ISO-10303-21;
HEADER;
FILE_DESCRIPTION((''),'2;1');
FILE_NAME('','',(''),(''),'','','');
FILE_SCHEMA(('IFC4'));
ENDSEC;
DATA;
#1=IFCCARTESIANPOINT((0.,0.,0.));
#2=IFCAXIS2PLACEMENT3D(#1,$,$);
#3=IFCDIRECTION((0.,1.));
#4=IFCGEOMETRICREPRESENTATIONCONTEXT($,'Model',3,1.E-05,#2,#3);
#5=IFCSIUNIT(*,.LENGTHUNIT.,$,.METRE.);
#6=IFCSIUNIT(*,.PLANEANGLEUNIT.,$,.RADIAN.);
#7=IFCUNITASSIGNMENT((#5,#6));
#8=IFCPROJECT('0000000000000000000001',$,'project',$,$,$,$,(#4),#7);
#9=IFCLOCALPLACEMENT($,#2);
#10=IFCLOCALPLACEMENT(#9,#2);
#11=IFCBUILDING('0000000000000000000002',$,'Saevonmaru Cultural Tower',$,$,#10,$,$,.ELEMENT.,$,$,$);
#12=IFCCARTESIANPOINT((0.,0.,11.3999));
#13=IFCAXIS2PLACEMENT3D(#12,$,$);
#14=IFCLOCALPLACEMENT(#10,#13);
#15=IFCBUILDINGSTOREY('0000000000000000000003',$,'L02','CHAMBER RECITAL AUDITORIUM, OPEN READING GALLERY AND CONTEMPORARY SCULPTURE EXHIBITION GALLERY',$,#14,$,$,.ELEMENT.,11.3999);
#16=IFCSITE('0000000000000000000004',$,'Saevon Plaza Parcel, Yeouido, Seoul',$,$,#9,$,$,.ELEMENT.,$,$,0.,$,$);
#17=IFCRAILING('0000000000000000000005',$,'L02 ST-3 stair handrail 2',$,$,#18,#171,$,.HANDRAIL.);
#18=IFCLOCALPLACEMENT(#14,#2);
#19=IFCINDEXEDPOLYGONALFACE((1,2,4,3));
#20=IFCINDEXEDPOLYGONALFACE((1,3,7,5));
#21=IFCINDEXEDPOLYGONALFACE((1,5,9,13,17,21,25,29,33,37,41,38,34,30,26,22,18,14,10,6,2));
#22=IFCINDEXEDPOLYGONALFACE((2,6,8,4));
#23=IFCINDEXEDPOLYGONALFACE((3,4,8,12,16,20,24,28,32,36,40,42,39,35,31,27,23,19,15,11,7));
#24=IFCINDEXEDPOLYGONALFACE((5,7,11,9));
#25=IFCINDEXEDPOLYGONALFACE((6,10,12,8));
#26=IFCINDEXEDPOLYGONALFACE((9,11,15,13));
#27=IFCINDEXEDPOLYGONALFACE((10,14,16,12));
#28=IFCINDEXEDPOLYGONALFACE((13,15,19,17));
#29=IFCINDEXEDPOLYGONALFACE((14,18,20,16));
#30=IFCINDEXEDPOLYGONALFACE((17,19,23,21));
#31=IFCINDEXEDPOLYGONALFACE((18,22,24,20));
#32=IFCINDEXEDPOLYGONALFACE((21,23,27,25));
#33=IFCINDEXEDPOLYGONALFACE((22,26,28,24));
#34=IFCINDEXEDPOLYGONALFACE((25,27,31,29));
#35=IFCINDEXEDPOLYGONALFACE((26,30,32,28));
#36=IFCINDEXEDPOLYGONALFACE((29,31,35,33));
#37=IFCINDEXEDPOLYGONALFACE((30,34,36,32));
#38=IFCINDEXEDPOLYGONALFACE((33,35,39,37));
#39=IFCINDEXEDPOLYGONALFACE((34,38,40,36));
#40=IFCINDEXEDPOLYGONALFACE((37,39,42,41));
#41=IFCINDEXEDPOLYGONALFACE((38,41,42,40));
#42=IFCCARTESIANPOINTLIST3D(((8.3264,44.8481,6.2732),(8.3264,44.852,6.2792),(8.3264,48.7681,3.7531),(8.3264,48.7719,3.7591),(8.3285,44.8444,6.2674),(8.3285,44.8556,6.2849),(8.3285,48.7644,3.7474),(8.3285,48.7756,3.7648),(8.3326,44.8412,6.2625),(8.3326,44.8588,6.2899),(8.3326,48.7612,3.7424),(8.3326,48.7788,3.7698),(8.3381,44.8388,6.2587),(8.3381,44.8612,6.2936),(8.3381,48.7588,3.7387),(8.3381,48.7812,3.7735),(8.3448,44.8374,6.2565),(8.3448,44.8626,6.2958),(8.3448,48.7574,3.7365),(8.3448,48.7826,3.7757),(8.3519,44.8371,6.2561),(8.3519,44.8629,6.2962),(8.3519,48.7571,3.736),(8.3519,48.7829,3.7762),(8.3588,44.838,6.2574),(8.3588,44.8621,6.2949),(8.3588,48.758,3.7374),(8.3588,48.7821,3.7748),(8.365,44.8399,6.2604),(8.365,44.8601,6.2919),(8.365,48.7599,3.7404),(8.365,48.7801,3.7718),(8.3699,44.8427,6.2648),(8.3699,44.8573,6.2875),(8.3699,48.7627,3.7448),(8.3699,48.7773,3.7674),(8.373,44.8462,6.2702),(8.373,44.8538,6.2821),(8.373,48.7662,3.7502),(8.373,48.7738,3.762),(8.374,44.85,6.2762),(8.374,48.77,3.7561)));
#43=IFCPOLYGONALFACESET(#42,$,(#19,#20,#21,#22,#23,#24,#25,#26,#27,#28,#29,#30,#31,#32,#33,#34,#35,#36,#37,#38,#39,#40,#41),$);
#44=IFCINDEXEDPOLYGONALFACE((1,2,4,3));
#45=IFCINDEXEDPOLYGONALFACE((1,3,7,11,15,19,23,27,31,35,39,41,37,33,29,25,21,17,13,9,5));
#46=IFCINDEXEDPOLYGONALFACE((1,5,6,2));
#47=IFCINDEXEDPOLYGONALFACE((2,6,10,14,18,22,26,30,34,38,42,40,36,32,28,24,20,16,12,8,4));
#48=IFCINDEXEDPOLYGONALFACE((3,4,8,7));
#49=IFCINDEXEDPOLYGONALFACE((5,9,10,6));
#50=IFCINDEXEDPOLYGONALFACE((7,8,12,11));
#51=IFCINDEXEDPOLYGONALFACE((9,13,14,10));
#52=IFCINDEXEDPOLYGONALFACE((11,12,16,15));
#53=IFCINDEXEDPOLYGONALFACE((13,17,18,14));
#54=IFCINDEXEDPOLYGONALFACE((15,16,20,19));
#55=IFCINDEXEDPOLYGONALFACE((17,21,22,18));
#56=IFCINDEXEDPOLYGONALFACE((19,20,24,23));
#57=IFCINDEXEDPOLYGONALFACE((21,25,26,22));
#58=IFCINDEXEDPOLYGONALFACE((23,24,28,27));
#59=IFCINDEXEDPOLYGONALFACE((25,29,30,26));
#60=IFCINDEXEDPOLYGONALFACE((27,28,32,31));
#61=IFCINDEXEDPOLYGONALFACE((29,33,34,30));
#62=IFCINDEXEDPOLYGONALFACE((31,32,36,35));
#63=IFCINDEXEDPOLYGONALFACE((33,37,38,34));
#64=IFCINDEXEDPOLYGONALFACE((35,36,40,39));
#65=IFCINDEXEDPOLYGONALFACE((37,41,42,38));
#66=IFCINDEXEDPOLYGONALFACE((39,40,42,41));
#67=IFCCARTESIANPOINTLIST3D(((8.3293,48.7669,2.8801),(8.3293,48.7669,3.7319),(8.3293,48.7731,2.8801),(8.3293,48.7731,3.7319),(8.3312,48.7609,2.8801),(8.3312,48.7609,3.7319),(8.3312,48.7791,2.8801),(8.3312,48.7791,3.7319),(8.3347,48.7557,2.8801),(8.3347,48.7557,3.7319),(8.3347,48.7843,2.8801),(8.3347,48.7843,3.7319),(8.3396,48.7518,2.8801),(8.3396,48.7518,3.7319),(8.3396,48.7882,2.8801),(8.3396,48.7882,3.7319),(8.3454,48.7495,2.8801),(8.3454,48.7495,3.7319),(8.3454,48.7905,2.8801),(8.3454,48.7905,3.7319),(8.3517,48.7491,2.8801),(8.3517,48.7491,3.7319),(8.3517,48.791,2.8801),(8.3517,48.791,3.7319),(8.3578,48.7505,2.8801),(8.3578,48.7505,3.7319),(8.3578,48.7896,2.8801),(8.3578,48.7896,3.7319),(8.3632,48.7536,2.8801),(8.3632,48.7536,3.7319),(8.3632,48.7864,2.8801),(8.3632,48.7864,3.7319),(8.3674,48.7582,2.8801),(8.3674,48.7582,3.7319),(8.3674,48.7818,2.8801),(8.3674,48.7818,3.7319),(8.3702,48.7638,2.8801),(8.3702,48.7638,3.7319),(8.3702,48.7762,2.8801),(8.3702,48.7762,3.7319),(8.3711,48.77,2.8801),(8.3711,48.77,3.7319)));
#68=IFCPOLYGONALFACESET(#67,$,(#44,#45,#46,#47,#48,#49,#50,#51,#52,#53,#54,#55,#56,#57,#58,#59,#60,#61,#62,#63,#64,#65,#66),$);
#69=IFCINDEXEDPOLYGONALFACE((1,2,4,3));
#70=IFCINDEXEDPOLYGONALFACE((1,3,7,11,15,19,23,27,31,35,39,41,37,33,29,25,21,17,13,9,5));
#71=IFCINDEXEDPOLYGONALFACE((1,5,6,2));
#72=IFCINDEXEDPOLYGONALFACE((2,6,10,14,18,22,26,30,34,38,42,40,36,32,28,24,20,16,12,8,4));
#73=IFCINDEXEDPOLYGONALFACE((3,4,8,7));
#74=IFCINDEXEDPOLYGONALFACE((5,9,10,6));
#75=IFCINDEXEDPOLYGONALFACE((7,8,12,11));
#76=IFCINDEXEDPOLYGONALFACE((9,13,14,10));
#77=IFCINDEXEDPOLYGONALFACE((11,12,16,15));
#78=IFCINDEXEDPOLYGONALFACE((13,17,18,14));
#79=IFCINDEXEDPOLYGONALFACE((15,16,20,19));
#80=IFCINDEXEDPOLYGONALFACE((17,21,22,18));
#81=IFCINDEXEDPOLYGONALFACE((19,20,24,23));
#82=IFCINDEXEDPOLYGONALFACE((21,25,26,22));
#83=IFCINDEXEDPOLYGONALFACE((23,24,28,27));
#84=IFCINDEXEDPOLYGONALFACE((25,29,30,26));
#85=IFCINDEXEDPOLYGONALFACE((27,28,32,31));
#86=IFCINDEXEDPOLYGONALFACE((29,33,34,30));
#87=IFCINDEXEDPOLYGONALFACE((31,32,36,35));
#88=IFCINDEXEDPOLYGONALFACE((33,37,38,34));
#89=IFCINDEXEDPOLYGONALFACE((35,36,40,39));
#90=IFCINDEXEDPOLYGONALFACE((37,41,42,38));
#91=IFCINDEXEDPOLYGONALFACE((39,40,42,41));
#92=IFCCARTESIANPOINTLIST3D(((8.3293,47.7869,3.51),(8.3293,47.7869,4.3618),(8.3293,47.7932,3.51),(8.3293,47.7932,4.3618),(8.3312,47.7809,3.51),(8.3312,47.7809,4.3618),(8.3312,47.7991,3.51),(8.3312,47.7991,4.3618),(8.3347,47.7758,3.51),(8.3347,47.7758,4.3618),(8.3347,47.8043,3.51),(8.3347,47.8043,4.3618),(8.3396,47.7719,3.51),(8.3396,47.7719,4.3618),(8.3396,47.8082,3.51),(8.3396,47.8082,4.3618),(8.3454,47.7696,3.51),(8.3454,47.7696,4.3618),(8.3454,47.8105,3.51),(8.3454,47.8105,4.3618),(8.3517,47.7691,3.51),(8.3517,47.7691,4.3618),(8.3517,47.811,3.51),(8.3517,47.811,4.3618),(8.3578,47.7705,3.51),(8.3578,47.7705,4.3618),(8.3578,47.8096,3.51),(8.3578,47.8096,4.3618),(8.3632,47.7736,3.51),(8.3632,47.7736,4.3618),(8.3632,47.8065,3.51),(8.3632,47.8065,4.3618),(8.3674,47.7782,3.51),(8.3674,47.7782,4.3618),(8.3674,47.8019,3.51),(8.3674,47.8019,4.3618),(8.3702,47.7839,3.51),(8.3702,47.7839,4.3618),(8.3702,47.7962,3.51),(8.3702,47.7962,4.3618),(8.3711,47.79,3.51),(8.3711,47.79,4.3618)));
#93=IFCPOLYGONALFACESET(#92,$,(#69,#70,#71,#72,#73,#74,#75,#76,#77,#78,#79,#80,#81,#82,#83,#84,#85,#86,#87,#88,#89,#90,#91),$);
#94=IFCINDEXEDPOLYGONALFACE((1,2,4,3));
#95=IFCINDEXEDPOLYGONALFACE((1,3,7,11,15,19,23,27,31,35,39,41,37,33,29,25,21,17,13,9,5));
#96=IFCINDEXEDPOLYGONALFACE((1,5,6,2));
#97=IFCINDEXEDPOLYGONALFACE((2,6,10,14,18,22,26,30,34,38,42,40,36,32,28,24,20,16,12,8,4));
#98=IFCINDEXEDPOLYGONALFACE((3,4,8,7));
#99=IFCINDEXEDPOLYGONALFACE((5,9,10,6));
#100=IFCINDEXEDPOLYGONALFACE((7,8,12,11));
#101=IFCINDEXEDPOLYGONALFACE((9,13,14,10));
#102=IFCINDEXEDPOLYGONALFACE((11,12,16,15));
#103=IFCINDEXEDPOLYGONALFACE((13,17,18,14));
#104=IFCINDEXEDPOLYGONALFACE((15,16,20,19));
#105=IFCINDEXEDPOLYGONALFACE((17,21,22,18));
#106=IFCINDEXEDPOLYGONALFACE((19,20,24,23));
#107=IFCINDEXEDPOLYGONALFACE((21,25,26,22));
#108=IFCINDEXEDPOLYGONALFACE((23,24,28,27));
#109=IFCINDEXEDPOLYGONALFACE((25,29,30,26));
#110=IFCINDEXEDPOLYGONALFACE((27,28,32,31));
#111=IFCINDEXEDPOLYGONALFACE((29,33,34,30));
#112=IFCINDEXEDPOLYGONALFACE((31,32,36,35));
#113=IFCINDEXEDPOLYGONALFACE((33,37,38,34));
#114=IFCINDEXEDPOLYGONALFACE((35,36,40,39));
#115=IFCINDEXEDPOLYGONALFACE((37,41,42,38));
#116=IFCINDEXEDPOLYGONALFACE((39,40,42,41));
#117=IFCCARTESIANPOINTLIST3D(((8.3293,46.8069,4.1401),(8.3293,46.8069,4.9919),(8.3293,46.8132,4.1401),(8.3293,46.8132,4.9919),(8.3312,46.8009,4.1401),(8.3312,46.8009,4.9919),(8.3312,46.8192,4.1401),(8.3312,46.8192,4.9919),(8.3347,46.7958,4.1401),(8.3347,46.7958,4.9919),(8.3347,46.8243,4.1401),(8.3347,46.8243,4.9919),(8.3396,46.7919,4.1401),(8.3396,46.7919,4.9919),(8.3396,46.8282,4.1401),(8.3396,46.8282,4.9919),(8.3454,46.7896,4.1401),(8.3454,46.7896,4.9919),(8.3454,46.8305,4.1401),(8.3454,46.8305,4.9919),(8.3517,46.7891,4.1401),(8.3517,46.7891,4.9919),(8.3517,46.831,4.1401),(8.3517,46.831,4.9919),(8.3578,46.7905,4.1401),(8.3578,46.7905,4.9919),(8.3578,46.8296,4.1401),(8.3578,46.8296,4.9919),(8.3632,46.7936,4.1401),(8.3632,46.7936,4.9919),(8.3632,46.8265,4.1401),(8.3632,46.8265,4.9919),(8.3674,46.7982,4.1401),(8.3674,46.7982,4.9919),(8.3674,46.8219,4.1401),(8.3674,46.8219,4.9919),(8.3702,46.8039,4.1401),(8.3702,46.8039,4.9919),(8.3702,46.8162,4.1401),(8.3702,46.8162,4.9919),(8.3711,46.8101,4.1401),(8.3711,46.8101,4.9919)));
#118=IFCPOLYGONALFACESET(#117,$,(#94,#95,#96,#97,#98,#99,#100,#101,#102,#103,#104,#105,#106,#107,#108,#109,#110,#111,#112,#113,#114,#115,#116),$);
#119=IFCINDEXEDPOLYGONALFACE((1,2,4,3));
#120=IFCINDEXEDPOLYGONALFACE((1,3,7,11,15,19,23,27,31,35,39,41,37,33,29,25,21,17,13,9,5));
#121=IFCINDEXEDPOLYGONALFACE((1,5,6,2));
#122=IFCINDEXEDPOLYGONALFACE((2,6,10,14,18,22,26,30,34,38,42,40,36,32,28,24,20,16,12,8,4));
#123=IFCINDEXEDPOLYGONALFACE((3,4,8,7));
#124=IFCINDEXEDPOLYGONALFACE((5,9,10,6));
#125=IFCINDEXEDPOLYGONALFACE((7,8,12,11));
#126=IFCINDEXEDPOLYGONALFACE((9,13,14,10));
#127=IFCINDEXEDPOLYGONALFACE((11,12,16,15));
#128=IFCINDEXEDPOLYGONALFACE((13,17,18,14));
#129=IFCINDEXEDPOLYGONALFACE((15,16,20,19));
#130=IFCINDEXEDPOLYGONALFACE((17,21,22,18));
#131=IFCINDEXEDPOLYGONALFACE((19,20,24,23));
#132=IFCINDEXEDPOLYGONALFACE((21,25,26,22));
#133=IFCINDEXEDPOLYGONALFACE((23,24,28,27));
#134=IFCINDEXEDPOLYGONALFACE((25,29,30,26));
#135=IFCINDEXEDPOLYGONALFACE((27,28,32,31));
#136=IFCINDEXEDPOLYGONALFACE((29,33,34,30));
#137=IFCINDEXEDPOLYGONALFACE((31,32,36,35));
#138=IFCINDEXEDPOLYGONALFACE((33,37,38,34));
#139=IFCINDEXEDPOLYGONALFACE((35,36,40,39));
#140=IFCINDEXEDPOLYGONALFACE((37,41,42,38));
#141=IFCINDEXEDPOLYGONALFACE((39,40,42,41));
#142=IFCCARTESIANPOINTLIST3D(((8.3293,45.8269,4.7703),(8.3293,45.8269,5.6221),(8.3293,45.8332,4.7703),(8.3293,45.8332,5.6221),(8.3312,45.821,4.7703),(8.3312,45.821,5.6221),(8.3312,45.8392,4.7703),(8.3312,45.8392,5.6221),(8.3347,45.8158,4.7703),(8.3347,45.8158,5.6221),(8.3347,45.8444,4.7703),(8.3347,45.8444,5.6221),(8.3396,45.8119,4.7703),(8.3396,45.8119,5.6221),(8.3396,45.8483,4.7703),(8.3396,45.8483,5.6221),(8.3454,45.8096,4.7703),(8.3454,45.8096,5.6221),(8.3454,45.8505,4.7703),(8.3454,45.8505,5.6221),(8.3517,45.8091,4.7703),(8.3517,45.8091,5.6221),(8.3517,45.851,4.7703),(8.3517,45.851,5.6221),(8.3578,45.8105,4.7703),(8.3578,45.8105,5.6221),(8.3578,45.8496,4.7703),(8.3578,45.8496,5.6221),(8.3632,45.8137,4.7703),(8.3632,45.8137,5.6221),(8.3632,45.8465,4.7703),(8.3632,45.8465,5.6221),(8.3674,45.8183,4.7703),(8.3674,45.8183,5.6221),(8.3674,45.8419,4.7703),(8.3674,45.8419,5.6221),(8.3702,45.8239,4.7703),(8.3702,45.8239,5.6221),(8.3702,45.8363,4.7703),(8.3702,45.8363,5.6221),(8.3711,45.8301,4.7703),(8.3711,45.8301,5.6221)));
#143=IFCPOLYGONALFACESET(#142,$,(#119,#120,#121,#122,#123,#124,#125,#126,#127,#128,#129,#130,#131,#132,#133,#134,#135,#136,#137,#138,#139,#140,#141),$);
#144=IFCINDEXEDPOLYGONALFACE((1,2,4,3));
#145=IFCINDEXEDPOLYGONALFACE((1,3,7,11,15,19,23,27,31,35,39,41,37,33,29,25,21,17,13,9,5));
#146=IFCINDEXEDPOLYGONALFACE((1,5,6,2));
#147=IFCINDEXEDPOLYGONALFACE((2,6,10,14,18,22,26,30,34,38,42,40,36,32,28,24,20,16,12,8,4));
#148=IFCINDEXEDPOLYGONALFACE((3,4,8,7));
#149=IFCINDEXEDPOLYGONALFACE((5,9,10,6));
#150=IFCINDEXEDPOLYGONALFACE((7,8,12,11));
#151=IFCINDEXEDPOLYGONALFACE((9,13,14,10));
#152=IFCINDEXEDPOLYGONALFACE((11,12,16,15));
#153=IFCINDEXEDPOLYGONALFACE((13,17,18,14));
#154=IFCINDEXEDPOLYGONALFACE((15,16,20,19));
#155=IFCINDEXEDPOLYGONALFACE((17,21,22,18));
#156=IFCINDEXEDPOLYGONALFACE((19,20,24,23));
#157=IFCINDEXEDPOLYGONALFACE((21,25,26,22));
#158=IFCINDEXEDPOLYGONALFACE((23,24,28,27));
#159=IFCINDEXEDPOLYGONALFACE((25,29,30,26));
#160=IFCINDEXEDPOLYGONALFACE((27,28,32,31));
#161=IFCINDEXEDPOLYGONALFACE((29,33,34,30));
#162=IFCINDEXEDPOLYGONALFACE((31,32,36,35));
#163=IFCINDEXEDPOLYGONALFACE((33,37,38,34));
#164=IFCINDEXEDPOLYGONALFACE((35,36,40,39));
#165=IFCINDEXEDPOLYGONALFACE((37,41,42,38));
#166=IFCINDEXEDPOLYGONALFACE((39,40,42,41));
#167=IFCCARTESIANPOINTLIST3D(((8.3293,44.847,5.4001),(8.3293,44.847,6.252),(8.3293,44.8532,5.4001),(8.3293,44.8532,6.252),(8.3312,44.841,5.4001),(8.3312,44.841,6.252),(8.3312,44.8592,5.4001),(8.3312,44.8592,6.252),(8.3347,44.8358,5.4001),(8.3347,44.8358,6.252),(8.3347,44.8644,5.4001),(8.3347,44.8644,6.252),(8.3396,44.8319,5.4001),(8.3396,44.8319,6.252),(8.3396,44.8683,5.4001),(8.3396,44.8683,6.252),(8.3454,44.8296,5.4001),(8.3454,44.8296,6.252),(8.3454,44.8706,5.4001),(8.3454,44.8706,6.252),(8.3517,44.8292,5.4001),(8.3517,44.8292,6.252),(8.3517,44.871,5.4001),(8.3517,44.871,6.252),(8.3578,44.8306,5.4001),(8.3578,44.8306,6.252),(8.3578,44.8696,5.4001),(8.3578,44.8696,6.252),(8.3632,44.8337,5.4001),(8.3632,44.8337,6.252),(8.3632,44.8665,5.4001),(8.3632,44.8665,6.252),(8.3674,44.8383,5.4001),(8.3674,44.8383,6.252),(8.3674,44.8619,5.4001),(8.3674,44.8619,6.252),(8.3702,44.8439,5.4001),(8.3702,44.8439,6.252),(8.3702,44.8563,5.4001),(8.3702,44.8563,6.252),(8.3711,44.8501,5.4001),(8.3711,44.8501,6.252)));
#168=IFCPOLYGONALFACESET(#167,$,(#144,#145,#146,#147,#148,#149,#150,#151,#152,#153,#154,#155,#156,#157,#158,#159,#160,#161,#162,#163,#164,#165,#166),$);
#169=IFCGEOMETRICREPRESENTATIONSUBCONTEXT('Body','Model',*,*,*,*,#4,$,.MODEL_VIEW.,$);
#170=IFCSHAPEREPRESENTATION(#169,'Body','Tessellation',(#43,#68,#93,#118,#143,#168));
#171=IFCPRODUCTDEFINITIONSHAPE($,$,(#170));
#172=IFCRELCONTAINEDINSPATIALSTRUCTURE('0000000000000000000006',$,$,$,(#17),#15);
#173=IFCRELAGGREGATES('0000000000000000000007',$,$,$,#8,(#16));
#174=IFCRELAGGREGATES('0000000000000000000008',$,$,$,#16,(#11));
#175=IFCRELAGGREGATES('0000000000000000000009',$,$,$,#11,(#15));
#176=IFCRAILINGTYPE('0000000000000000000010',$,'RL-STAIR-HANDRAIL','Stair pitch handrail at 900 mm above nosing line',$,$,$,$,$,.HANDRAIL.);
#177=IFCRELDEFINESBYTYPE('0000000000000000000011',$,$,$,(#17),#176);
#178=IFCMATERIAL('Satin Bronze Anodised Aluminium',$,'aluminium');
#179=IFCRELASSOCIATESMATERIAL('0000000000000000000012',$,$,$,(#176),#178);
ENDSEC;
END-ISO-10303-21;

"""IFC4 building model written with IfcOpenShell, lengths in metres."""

from ifc_helpers import new_model, si_unit, direction, frame, origin, origin_2d, place, context, subcontext, project, spatial, circle, extrude, material, type_object, element, save


model = new_model("IFC4")

# Units and contexts
model_context = context("Model", 3, precision=1e-05, world=origin(), true_north=direction((0.0, 1.0)))
body_context = subcontext(model_context, "Body", "Model", "MODEL_VIEW")
ifc_project = project(units=[si_unit("LENGTHUNIT", "METRE"), si_unit("PLANEANGLEUNIT", "RADIAN")], contexts=[model_context])

# Site, building, storey
site_placement = place(None, origin())
site = spatial("IfcSite", under=ifc_project, at=site_placement, Name="Saevon Plaza Parcel, Yeouido, Seoul", CompositionType="ELEMENT", RefElevation=0.0)
building_placement = place(site_placement, origin())
building = spatial("IfcBuilding", under=site, at=building_placement, Name="Saevonmaru Cultural Tower", CompositionType="ELEMENT")
storey_placement = place(building_placement, frame((0.0, 0.0, 11.3999)))
storey = spatial("IfcBuildingStorey", under=building, at=storey_placement, Name="L02", Description="CHAMBER RECITAL AUDITORIUM, OPEN READING GALLERY AND CONTEMPORARY SCULPTURE EXHIBITION GALLERY", CompositionType="ELEMENT", Elevation=11.3999)

# Shared definitions
ifc_material_1 = material(Name="Satin Bronze Anodised Aluminium", Category="aluminium")

# Railing
railing_type_1 = type_object("IfcRailingType", Name="RL-STAIR-HANDRAIL", Description="Stair pitch handrail at 900 mm above nosing line", PredefinedType="HANDRAIL", material=ifc_material_1)
railing_1_placement = place(storey_placement, frame((8.3501, 48.77, 2.8801)))
element("IfcRailing", 1, at=railing_1_placement, inside=storey, type_object=railing_type_1, Name="L02 ST-3 stair handrail 2", PredefinedType="HANDRAIL", context=body_context, shape_type="SweptSolid", body=[
    extrude(circle(Radius=0.0239, at=origin_2d()), frame((0.0, 0.0, 0.876), z_axis=(0.0, -0.841172, 0.540768), x_axis=(1.0, 0.0, 0.0)), (0.0, 0.0, 1.0), 4.6602),
    extrude(circle(Radius=0.021, at=origin_2d()), origin(), (0.0, 0.0, 1.0), 0.8518),
    extrude(circle(Radius=0.021, at=origin_2d()), frame((0.0, -0.98, 0.6299)), (0.0, 0.0, 1.0), 0.8518),
    extrude(circle(Radius=0.021, at=origin_2d()), frame((0.0, -1.96, 1.26)), (0.0, 0.0, 1.0), 0.8518),
    extrude(circle(Radius=0.021, at=origin_2d()), frame((0.0, -2.9399, 1.8901)), (0.0, 0.0, 1.0), 0.8518),
    extrude(circle(Radius=0.021, at=origin_2d()), frame((0.0, -3.9199, 2.52)), (0.0, 0.0, 1.0), 0.8518),
])

save(model, "model.ifc")
